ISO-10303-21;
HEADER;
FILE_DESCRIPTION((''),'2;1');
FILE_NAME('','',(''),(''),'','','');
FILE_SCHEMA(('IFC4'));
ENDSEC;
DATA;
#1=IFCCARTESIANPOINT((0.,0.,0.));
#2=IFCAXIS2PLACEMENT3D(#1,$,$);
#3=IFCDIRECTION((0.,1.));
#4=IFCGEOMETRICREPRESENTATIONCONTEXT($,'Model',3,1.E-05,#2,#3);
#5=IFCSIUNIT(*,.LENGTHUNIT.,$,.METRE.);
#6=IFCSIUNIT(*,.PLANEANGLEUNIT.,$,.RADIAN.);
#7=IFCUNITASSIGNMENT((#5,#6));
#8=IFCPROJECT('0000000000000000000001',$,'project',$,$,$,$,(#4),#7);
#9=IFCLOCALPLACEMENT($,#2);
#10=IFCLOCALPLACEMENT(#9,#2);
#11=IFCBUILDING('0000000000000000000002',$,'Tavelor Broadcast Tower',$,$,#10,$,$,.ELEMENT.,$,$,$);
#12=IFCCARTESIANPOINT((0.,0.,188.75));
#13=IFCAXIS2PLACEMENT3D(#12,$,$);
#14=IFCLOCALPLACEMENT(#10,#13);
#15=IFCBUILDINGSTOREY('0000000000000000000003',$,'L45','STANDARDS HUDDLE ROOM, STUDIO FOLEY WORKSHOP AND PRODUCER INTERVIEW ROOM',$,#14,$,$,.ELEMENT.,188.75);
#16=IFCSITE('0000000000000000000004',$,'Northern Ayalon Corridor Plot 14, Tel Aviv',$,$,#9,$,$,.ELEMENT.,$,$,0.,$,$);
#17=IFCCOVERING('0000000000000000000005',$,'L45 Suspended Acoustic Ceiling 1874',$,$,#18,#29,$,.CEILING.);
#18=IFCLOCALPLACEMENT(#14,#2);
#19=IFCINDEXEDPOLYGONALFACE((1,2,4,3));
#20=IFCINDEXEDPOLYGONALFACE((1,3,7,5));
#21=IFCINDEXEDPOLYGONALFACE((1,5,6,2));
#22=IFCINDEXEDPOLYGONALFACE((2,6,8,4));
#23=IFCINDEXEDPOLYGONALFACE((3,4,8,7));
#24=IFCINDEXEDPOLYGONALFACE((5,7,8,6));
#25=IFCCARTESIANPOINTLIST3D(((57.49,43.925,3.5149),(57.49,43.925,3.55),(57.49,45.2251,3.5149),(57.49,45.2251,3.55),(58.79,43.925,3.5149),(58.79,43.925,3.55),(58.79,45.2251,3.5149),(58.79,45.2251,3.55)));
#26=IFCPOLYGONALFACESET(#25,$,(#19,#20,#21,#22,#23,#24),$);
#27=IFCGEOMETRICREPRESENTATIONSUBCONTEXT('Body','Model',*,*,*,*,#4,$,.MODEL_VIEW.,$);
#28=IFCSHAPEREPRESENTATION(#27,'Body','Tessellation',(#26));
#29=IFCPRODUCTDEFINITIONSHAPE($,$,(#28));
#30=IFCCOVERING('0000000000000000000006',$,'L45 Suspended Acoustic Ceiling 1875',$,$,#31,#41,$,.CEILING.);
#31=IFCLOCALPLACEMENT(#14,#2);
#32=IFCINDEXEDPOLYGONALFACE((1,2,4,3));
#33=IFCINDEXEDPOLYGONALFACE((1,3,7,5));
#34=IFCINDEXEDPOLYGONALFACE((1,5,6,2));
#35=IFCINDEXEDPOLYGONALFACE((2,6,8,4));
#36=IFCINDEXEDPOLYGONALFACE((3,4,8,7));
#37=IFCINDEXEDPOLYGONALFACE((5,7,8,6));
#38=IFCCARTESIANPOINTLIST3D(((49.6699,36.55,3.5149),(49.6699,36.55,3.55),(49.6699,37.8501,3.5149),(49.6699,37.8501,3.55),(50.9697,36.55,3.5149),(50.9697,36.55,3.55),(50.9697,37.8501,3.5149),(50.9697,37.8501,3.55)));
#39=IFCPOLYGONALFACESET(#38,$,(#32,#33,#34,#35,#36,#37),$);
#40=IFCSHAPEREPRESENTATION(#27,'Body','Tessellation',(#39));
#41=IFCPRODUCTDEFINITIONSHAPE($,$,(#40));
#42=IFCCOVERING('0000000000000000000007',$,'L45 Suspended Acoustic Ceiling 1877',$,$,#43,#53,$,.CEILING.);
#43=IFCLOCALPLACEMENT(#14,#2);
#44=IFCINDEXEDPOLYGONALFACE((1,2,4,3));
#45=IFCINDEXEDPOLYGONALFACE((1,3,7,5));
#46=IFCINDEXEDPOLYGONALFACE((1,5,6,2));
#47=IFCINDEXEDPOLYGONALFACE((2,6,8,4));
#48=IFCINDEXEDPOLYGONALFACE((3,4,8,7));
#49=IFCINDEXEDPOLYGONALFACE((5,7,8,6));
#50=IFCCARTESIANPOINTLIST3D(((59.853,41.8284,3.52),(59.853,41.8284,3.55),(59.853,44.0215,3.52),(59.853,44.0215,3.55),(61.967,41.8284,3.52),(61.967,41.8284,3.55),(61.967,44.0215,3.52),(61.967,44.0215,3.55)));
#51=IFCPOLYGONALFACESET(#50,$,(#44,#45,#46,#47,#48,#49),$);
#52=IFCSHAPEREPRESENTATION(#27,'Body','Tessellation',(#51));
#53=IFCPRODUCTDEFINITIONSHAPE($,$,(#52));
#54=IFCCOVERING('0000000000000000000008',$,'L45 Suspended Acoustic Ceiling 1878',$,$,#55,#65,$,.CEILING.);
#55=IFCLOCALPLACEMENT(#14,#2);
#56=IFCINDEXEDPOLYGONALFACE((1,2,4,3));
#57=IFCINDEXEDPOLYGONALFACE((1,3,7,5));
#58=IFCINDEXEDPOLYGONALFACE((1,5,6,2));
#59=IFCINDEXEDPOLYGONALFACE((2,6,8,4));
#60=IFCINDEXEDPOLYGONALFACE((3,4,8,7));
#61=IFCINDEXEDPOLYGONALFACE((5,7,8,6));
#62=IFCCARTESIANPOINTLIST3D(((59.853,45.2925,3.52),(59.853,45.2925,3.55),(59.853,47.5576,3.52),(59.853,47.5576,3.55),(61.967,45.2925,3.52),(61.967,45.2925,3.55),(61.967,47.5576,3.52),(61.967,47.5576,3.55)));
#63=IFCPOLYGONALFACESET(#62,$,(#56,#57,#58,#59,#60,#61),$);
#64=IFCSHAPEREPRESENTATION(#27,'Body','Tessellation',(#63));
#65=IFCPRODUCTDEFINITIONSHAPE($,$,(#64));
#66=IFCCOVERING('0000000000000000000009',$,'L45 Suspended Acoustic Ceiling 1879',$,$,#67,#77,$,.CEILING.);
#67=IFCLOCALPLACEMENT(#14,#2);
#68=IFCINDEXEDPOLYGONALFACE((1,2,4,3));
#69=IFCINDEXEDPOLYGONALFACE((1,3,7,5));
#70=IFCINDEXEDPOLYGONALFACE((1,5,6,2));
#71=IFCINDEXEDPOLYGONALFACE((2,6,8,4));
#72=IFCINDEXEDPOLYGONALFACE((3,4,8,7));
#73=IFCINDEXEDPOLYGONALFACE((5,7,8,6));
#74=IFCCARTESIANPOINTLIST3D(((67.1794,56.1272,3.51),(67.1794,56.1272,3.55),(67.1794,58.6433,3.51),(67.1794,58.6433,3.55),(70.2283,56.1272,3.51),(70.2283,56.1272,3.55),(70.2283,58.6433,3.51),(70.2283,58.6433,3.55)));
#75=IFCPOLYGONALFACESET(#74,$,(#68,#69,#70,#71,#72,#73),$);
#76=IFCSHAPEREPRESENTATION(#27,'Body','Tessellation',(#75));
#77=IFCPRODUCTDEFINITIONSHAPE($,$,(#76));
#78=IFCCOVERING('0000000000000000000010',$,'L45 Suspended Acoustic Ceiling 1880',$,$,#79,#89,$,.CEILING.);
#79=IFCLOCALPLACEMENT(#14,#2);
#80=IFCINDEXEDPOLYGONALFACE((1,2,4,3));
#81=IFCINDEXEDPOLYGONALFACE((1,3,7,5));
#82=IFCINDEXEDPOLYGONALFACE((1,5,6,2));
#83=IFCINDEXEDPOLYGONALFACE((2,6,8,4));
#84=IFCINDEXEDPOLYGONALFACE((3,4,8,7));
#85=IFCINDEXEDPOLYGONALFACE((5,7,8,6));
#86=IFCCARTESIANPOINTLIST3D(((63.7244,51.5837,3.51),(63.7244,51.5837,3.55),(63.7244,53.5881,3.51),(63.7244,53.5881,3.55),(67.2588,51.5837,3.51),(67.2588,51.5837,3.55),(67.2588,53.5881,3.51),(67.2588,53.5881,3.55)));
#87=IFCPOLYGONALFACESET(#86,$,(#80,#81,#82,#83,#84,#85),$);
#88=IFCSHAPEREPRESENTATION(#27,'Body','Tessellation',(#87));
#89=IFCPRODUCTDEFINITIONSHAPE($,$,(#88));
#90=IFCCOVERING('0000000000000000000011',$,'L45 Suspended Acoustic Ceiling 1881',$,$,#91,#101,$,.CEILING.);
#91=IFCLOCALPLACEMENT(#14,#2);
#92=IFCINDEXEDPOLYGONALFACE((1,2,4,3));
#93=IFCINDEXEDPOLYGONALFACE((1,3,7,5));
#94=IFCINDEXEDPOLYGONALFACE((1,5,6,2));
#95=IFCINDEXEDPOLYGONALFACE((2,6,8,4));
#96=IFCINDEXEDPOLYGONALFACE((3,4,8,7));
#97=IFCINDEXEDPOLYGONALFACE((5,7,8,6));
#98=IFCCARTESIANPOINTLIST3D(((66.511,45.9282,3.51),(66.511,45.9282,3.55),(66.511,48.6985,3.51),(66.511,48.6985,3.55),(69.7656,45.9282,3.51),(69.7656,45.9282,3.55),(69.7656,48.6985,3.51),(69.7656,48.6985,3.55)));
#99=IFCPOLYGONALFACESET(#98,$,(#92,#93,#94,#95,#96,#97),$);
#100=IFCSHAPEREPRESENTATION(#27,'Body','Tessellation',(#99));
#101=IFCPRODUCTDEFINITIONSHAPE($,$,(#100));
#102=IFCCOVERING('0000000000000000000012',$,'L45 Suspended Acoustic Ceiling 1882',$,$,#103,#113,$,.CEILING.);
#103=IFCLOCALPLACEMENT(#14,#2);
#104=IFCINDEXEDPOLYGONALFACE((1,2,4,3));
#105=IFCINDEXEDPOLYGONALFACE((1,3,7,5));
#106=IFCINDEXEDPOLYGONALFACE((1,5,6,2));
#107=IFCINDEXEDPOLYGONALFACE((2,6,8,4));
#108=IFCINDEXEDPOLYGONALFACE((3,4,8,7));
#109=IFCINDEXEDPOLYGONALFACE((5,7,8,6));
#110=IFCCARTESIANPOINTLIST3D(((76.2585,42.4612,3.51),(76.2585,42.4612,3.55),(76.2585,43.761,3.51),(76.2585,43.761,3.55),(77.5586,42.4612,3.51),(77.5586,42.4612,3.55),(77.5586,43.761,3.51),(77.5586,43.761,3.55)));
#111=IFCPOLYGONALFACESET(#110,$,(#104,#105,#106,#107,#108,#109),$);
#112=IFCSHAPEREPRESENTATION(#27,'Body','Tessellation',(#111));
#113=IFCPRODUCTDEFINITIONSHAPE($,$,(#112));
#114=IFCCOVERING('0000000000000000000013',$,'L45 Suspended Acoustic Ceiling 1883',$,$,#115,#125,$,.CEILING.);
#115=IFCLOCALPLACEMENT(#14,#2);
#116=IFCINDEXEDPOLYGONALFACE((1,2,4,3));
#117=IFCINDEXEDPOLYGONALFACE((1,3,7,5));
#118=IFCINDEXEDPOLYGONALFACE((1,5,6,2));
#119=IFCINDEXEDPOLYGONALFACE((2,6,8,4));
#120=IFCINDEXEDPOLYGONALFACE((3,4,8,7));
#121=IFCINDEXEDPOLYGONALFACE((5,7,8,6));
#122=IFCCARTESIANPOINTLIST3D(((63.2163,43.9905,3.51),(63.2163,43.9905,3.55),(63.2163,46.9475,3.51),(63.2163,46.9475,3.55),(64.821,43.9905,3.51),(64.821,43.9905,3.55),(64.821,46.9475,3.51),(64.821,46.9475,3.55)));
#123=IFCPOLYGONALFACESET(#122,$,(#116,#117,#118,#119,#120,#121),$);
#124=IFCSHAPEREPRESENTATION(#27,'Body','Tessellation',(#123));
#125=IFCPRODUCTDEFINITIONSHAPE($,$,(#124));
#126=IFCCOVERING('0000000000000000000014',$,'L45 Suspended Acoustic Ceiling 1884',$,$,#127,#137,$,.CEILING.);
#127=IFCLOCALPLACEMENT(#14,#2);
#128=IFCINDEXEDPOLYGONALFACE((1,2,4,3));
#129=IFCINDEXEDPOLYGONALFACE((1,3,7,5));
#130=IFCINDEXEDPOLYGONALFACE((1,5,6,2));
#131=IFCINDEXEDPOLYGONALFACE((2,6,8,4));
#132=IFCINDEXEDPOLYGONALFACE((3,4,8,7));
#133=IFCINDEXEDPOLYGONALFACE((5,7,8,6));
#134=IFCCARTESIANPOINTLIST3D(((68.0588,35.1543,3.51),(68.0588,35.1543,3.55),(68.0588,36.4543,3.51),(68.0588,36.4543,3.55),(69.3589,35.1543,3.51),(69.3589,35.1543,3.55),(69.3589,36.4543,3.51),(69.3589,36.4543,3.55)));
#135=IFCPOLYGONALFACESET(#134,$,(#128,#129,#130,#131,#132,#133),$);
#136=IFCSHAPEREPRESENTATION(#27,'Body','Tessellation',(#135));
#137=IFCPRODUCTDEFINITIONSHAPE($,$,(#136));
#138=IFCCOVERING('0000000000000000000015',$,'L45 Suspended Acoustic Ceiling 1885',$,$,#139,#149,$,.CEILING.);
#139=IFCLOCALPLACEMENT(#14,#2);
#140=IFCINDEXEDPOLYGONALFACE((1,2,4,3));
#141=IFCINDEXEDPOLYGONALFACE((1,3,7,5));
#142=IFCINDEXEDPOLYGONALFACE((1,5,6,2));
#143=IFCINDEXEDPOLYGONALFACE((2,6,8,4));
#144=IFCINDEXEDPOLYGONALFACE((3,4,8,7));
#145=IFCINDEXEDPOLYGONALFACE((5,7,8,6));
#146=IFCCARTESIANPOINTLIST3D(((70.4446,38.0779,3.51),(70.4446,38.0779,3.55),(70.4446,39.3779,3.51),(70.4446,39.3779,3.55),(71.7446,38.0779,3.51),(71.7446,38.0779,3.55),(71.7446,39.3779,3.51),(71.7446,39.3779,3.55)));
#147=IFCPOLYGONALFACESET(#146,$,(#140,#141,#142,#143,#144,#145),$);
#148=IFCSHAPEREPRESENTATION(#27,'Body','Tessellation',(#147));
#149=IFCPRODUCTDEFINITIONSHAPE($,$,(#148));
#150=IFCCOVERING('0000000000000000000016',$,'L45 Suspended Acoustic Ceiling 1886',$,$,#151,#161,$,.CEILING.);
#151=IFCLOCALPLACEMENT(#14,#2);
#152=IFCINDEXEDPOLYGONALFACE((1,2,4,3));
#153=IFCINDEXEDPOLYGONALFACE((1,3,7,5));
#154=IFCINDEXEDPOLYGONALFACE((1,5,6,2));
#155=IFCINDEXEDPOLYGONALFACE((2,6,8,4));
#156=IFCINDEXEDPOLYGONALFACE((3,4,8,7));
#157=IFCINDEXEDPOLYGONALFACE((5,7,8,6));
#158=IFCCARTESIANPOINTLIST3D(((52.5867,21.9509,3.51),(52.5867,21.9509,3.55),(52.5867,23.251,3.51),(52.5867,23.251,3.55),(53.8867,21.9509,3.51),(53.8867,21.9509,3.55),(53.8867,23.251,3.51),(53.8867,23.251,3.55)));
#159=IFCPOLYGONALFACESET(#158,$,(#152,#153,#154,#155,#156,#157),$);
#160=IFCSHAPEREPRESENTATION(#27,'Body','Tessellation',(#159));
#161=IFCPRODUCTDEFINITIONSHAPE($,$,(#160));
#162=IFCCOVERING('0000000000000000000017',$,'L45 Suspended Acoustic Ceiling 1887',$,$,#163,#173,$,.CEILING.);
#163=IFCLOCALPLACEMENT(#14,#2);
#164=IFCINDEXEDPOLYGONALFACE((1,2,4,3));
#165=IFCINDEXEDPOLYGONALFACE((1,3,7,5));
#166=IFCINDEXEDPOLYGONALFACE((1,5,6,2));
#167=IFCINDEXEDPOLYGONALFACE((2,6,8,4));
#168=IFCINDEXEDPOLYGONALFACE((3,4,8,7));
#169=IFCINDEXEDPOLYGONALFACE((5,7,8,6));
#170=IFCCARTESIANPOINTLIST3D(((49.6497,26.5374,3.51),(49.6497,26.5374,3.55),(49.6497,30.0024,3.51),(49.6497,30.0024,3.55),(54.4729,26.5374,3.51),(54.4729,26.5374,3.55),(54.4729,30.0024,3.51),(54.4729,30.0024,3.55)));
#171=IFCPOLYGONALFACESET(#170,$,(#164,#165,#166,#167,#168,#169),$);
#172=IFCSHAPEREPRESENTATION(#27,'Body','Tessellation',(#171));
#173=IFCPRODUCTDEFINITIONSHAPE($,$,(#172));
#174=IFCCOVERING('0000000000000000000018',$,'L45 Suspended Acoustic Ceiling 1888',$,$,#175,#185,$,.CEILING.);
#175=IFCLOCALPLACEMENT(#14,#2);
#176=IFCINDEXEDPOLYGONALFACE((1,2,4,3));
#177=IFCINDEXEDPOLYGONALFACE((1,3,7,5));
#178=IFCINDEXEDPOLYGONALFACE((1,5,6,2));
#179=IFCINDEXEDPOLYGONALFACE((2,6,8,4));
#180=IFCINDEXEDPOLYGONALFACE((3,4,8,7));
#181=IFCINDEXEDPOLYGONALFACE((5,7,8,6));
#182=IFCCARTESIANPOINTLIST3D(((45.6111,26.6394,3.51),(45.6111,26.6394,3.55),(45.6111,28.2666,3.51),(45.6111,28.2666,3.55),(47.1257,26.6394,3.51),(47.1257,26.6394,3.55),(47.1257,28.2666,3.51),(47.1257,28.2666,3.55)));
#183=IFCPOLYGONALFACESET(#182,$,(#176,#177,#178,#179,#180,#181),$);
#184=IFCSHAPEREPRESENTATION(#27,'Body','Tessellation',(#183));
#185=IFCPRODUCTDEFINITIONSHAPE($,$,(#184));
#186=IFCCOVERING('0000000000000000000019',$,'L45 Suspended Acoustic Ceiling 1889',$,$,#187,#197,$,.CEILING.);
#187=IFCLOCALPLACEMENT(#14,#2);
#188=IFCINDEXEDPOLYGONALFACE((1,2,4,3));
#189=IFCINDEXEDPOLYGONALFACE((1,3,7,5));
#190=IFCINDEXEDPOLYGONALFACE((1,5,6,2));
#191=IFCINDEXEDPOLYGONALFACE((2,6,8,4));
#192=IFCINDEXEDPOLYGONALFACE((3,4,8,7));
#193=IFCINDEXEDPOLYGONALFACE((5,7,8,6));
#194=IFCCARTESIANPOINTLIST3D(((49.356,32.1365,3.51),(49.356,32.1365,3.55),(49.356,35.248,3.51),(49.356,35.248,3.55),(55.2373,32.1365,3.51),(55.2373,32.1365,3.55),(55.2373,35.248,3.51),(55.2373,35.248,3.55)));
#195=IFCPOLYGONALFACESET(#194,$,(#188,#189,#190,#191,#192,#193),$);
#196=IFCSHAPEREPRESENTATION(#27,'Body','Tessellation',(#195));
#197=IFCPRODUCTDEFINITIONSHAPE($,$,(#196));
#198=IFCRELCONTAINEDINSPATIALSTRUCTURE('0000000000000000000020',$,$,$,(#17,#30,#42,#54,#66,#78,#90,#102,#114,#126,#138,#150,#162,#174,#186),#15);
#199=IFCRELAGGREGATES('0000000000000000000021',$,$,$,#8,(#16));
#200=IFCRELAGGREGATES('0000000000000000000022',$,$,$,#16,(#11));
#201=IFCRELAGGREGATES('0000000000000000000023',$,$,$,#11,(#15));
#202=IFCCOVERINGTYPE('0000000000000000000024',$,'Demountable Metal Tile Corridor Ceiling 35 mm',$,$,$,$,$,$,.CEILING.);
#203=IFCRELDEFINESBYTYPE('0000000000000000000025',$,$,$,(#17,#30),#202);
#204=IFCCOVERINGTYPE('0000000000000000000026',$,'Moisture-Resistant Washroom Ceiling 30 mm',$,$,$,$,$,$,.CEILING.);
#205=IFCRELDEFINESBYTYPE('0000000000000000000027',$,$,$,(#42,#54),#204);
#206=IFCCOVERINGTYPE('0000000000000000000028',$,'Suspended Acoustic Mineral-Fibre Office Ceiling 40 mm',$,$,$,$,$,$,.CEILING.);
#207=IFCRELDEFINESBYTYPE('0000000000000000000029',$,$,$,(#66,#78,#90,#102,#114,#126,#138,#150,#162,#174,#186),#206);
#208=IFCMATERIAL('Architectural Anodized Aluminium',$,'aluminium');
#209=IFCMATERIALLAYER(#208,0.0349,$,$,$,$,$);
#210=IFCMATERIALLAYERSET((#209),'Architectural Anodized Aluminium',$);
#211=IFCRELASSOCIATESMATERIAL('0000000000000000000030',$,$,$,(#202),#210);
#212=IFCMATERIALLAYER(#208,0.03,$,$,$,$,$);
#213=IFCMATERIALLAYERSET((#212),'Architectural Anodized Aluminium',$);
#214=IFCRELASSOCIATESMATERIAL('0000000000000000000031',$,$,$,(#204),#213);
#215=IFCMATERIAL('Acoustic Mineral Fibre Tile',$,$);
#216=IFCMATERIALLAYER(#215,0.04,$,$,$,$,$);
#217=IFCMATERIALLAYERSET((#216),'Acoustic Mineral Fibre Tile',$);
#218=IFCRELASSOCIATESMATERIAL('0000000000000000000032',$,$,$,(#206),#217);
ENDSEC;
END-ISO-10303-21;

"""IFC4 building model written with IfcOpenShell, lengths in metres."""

from ifc_helpers import new_model, si_unit, direction, frame, origin, place, context, subcontext, project, spatial, polyline, outline, extrude, material, layer, layer_set, type_object, element, save


model = new_model("IFC4")

# Units and contexts
model_context = context("Model", 3, precision=1e-05, world=origin(), true_north=direction((0.0, 1.0)))
body_context = subcontext(model_context, "Body", "Model", "MODEL_VIEW")
ifc_project = project(units=[si_unit("LENGTHUNIT", "METRE"), si_unit("PLANEANGLEUNIT", "RADIAN")], contexts=[model_context])

# Site, building, storey
site_placement = place(None, origin())
site = spatial("IfcSite", under=ifc_project, at=site_placement, Name="Northern Ayalon Corridor Plot 14, Tel Aviv", CompositionType="ELEMENT", RefElevation=0.0)
building_placement = place(site_placement, origin())
building = spatial("IfcBuilding", under=site, at=building_placement, Name="Tavelor Broadcast Tower", CompositionType="ELEMENT")
storey_placement = place(building_placement, frame((0.0, 0.0, 188.75)))
storey = spatial("IfcBuildingStorey", under=building, at=storey_placement, Name="L45", Description="STANDARDS HUDDLE ROOM, STUDIO FOLEY WORKSHOP AND PRODUCER INTERVIEW ROOM", CompositionType="ELEMENT", Elevation=188.75)

# Coverings
ifc_material_1 = material(Name="Architectural Anodized Aluminium", Category="aluminium")
ifc_layer_1 = layer(ifc_material_1, 0.0349)
ifc_layer_set_1 = layer_set([ifc_layer_1], Name="Architectural Anodized Aluminium")
covering_type_1 = type_object("IfcCoveringType", Name="Demountable Metal Tile Corridor Ceiling 35 mm", PredefinedType="CEILING", material=ifc_layer_set_1)
covering_1_placement = place(storey_placement, frame((0.0, 0.0, 3.5149)))
element("IfcCovering", 1, at=covering_1_placement, inside=storey, type_object=covering_type_1, Name="L45 Suspended Acoustic Ceiling 1874", PredefinedType="CEILING", context=body_context, shape_type="SweptSolid", body=[
    extrude(outline(polyline([(57.49, 43.925), (58.79, 43.925), (58.79, 45.2251), (57.49, 45.2251), (57.49, 43.925)])), origin(), (0.0, 0.0, 1.0), 0.0352),
])
covering_2_placement = place(storey_placement, frame((0.0, 0.0, 3.5149)))
element("IfcCovering", 2, at=covering_2_placement, inside=storey, type_object=covering_type_1, Name="L45 Suspended Acoustic Ceiling 1875", PredefinedType="CEILING", context=body_context, shape_type="SweptSolid", body=[
    extrude(outline(polyline([(49.6699, 36.55), (50.9697, 36.55), (50.9697, 37.8501), (49.6699, 37.8501), (49.6699, 36.55)])), origin(), (0.0, 0.0, 1.0), 0.0352),
])
ifc_layer_2 = layer(ifc_material_1, 0.03)
ifc_layer_set_2 = layer_set([ifc_layer_2], Name="Architectural Anodized Aluminium")
covering_type_2 = type_object("IfcCoveringType", Name="Moisture-Resistant Washroom Ceiling 30 mm", PredefinedType="CEILING", material=ifc_layer_set_2)
covering_3_placement = place(storey_placement, frame((0.0, 0.0, 3.52)))
element("IfcCovering", 3, at=covering_3_placement, inside=storey, type_object=covering_type_2, Name="L45 Suspended Acoustic Ceiling 1877", PredefinedType="CEILING", context=body_context, shape_type="SweptSolid", body=[
    extrude(outline(polyline([(59.853, 41.8284), (61.967, 41.8284), (61.967, 44.0215), (59.853, 44.0215), (59.853, 41.8284)])), origin(), (0.0, 0.0, 1.0), 0.03),
])
covering_4_placement = place(storey_placement, frame((0.0, 0.0, 3.52)))
element("IfcCovering", 4, at=covering_4_placement, inside=storey, type_object=covering_type_2, Name="L45 Suspended Acoustic Ceiling 1878", PredefinedType="CEILING", context=body_context, shape_type="SweptSolid", body=[
    extrude(outline(polyline([(59.853, 45.2925), (61.967, 45.2925), (61.967, 47.5576), (59.853, 47.5576), (59.853, 45.2925)])), origin(), (0.0, 0.0, 1.0), 0.03),
])
ifc_material_2 = material(Name="Acoustic Mineral Fibre Tile")
ifc_layer_3 = layer(ifc_material_2, 0.04)
ifc_layer_set_3 = layer_set([ifc_layer_3], Name="Acoustic Mineral Fibre Tile")
covering_type_3 = type_object("IfcCoveringType", Name="Suspended Acoustic Mineral-Fibre Office Ceiling 40 mm", PredefinedType="CEILING", material=ifc_layer_set_3)
covering_5_placement = place(storey_placement, frame((0.0, 0.0, 3.51)))
element("IfcCovering", 5, at=covering_5_placement, inside=storey, type_object=covering_type_3, Name="L45 Suspended Acoustic Ceiling 1879", PredefinedType="CEILING", context=body_context, shape_type="SweptSolid", body=[
    extrude(outline(polyline([(67.1794, 56.1272), (70.2283, 56.1272), (70.2283, 58.6433), (67.1794, 58.6433), (67.1794, 56.1272)])), origin(), (0.0, 0.0, 1.0), 0.04),
])
covering_6_placement = place(storey_placement, frame((0.0, 0.0, 3.51)))
element("IfcCovering", 6, at=covering_6_placement, inside=storey, type_object=covering_type_3, Name="L45 Suspended Acoustic Ceiling 1880", PredefinedType="CEILING", context=body_context, shape_type="SweptSolid", body=[
    extrude(outline(polyline([(63.7244, 51.5837), (67.2588, 51.5837), (67.2588, 53.5881), (63.7244, 53.5881), (63.7244, 51.5837)])), origin(), (0.0, 0.0, 1.0), 0.04),
])
covering_7_placement = place(storey_placement, frame((0.0, 0.0, 3.51)))
element("IfcCovering", 7, at=covering_7_placement, inside=storey, type_object=covering_type_3, Name="L45 Suspended Acoustic Ceiling 1881", PredefinedType="CEILING", context=body_context, shape_type="SweptSolid", body=[
    extrude(outline(polyline([(66.511, 45.9282), (69.7656, 45.9282), (69.7656, 48.6985), (66.511, 48.6985), (66.511, 45.9282)])), origin(), (0.0, 0.0, 1.0), 0.04),
])
covering_8_placement = place(storey_placement, frame((0.0, 0.0, 3.51)))
element("IfcCovering", 8, at=covering_8_placement, inside=storey, type_object=covering_type_3, Name="L45 Suspended Acoustic Ceiling 1882", PredefinedType="CEILING", context=body_context, shape_type="SweptSolid", body=[
    extrude(outline(polyline([(76.2585, 42.4612), (77.5586, 42.4612), (77.5586, 43.761), (76.2585, 43.761), (76.2585, 42.4612)])), origin(), (0.0, 0.0, 1.0), 0.04),
])
covering_9_placement = place(storey_placement, frame((0.0, 0.0, 3.51)))
element("IfcCovering", 9, at=covering_9_placement, inside=storey, type_object=covering_type_3, Name="L45 Suspended Acoustic Ceiling 1883", PredefinedType="CEILING", context=body_context, shape_type="SweptSolid", body=[
    extrude(outline(polyline([(63.2163, 43.9905), (64.821, 43.9905), (64.821, 46.9475), (63.2163, 46.9475), (63.2163, 43.9905)])), origin(), (0.0, 0.0, 1.0), 0.04),
])
covering_10_placement = place(storey_placement, frame((0.0, 0.0, 3.51)))
element("IfcCovering", 10, at=covering_10_placement, inside=storey, type_object=covering_type_3, Name="L45 Suspended Acoustic Ceiling 1884", PredefinedType="CEILING", context=body_context, shape_type="SweptSolid", body=[
    extrude(outline(polyline([(68.0588, 35.1543), (69.3589, 35.1543), (69.3589, 36.4543), (68.0588, 36.4543), (68.0588, 35.1543)])), origin(), (0.0, 0.0, 1.0), 0.04),
])
covering_11_placement = place(storey_placement, frame((0.0, 0.0, 3.51)))
element("IfcCovering", 11, at=covering_11_placement, inside=storey, type_object=covering_type_3, Name="L45 Suspended Acoustic Ceiling 1885", PredefinedType="CEILING", context=body_context, shape_type="SweptSolid", body=[
    extrude(outline(polyline([(70.4446, 38.0779), (71.7446, 38.0779), (71.7446, 39.3779), (70.4446, 39.3779), (70.4446, 38.0779)])), origin(), (0.0, 0.0, 1.0), 0.04),
])
covering_12_placement = place(storey_placement, frame((0.0, 0.0, 3.51)))
element("IfcCovering", 12, at=covering_12_placement, inside=storey, type_object=covering_type_3, Name="L45 Suspended Acoustic Ceiling 1886", PredefinedType="CEILING", context=body_context, shape_type="SweptSolid", body=[
    extrude(outline(polyline([(52.5867, 21.9509), (53.8867, 21.9509), (53.8867, 23.251), (52.5867, 23.251), (52.5867, 21.9509)])), origin(), (0.0, 0.0, 1.0), 0.04),
])
covering_13_placement = place(storey_placement, frame((0.0, 0.0, 3.51)))
element("IfcCovering", 13, at=covering_13_placement, inside=storey, type_object=covering_type_3, Name="L45 Suspended Acoustic Ceiling 1887", PredefinedType="CEILING", context=body_context, shape_type="SweptSolid", body=[
    extrude(outline(polyline([(49.6497, 26.5374), (54.4729, 26.5374), (54.4729, 30.0024), (49.6497, 30.0024), (49.6497, 26.5374)])), origin(), (0.0, 0.0, 1.0), 0.04),
])
covering_14_placement = place(storey_placement, frame((0.0, 0.0, 3.51)))
element("IfcCovering", 14, at=covering_14_placement, inside=storey, type_object=covering_type_3, Name="L45 Suspended Acoustic Ceiling 1888", PredefinedType="CEILING", context=body_context, shape_type="SweptSolid", body=[
    extrude(outline(polyline([(45.6111, 26.6394), (47.1257, 26.6394), (47.1257, 28.2666), (45.6111, 28.2666), (45.6111, 26.6394)])), origin(), (0.0, 0.0, 1.0), 0.04),
])
covering_15_placement = place(storey_placement, frame((0.0, 0.0, 3.51)))
element("IfcCovering", 15, at=covering_15_placement, inside=storey, type_object=covering_type_3, Name="L45 Suspended Acoustic Ceiling 1889", PredefinedType="CEILING", context=body_context, shape_type="SweptSolid", body=[
    extrude(outline(polyline([(49.356, 32.1365), (55.2373, 32.1365), (55.2373, 35.248), (49.356, 35.248), (49.356, 32.1365)])), origin(), (0.0, 0.0, 1.0), 0.04),
])

save(model, "model.ifc")
